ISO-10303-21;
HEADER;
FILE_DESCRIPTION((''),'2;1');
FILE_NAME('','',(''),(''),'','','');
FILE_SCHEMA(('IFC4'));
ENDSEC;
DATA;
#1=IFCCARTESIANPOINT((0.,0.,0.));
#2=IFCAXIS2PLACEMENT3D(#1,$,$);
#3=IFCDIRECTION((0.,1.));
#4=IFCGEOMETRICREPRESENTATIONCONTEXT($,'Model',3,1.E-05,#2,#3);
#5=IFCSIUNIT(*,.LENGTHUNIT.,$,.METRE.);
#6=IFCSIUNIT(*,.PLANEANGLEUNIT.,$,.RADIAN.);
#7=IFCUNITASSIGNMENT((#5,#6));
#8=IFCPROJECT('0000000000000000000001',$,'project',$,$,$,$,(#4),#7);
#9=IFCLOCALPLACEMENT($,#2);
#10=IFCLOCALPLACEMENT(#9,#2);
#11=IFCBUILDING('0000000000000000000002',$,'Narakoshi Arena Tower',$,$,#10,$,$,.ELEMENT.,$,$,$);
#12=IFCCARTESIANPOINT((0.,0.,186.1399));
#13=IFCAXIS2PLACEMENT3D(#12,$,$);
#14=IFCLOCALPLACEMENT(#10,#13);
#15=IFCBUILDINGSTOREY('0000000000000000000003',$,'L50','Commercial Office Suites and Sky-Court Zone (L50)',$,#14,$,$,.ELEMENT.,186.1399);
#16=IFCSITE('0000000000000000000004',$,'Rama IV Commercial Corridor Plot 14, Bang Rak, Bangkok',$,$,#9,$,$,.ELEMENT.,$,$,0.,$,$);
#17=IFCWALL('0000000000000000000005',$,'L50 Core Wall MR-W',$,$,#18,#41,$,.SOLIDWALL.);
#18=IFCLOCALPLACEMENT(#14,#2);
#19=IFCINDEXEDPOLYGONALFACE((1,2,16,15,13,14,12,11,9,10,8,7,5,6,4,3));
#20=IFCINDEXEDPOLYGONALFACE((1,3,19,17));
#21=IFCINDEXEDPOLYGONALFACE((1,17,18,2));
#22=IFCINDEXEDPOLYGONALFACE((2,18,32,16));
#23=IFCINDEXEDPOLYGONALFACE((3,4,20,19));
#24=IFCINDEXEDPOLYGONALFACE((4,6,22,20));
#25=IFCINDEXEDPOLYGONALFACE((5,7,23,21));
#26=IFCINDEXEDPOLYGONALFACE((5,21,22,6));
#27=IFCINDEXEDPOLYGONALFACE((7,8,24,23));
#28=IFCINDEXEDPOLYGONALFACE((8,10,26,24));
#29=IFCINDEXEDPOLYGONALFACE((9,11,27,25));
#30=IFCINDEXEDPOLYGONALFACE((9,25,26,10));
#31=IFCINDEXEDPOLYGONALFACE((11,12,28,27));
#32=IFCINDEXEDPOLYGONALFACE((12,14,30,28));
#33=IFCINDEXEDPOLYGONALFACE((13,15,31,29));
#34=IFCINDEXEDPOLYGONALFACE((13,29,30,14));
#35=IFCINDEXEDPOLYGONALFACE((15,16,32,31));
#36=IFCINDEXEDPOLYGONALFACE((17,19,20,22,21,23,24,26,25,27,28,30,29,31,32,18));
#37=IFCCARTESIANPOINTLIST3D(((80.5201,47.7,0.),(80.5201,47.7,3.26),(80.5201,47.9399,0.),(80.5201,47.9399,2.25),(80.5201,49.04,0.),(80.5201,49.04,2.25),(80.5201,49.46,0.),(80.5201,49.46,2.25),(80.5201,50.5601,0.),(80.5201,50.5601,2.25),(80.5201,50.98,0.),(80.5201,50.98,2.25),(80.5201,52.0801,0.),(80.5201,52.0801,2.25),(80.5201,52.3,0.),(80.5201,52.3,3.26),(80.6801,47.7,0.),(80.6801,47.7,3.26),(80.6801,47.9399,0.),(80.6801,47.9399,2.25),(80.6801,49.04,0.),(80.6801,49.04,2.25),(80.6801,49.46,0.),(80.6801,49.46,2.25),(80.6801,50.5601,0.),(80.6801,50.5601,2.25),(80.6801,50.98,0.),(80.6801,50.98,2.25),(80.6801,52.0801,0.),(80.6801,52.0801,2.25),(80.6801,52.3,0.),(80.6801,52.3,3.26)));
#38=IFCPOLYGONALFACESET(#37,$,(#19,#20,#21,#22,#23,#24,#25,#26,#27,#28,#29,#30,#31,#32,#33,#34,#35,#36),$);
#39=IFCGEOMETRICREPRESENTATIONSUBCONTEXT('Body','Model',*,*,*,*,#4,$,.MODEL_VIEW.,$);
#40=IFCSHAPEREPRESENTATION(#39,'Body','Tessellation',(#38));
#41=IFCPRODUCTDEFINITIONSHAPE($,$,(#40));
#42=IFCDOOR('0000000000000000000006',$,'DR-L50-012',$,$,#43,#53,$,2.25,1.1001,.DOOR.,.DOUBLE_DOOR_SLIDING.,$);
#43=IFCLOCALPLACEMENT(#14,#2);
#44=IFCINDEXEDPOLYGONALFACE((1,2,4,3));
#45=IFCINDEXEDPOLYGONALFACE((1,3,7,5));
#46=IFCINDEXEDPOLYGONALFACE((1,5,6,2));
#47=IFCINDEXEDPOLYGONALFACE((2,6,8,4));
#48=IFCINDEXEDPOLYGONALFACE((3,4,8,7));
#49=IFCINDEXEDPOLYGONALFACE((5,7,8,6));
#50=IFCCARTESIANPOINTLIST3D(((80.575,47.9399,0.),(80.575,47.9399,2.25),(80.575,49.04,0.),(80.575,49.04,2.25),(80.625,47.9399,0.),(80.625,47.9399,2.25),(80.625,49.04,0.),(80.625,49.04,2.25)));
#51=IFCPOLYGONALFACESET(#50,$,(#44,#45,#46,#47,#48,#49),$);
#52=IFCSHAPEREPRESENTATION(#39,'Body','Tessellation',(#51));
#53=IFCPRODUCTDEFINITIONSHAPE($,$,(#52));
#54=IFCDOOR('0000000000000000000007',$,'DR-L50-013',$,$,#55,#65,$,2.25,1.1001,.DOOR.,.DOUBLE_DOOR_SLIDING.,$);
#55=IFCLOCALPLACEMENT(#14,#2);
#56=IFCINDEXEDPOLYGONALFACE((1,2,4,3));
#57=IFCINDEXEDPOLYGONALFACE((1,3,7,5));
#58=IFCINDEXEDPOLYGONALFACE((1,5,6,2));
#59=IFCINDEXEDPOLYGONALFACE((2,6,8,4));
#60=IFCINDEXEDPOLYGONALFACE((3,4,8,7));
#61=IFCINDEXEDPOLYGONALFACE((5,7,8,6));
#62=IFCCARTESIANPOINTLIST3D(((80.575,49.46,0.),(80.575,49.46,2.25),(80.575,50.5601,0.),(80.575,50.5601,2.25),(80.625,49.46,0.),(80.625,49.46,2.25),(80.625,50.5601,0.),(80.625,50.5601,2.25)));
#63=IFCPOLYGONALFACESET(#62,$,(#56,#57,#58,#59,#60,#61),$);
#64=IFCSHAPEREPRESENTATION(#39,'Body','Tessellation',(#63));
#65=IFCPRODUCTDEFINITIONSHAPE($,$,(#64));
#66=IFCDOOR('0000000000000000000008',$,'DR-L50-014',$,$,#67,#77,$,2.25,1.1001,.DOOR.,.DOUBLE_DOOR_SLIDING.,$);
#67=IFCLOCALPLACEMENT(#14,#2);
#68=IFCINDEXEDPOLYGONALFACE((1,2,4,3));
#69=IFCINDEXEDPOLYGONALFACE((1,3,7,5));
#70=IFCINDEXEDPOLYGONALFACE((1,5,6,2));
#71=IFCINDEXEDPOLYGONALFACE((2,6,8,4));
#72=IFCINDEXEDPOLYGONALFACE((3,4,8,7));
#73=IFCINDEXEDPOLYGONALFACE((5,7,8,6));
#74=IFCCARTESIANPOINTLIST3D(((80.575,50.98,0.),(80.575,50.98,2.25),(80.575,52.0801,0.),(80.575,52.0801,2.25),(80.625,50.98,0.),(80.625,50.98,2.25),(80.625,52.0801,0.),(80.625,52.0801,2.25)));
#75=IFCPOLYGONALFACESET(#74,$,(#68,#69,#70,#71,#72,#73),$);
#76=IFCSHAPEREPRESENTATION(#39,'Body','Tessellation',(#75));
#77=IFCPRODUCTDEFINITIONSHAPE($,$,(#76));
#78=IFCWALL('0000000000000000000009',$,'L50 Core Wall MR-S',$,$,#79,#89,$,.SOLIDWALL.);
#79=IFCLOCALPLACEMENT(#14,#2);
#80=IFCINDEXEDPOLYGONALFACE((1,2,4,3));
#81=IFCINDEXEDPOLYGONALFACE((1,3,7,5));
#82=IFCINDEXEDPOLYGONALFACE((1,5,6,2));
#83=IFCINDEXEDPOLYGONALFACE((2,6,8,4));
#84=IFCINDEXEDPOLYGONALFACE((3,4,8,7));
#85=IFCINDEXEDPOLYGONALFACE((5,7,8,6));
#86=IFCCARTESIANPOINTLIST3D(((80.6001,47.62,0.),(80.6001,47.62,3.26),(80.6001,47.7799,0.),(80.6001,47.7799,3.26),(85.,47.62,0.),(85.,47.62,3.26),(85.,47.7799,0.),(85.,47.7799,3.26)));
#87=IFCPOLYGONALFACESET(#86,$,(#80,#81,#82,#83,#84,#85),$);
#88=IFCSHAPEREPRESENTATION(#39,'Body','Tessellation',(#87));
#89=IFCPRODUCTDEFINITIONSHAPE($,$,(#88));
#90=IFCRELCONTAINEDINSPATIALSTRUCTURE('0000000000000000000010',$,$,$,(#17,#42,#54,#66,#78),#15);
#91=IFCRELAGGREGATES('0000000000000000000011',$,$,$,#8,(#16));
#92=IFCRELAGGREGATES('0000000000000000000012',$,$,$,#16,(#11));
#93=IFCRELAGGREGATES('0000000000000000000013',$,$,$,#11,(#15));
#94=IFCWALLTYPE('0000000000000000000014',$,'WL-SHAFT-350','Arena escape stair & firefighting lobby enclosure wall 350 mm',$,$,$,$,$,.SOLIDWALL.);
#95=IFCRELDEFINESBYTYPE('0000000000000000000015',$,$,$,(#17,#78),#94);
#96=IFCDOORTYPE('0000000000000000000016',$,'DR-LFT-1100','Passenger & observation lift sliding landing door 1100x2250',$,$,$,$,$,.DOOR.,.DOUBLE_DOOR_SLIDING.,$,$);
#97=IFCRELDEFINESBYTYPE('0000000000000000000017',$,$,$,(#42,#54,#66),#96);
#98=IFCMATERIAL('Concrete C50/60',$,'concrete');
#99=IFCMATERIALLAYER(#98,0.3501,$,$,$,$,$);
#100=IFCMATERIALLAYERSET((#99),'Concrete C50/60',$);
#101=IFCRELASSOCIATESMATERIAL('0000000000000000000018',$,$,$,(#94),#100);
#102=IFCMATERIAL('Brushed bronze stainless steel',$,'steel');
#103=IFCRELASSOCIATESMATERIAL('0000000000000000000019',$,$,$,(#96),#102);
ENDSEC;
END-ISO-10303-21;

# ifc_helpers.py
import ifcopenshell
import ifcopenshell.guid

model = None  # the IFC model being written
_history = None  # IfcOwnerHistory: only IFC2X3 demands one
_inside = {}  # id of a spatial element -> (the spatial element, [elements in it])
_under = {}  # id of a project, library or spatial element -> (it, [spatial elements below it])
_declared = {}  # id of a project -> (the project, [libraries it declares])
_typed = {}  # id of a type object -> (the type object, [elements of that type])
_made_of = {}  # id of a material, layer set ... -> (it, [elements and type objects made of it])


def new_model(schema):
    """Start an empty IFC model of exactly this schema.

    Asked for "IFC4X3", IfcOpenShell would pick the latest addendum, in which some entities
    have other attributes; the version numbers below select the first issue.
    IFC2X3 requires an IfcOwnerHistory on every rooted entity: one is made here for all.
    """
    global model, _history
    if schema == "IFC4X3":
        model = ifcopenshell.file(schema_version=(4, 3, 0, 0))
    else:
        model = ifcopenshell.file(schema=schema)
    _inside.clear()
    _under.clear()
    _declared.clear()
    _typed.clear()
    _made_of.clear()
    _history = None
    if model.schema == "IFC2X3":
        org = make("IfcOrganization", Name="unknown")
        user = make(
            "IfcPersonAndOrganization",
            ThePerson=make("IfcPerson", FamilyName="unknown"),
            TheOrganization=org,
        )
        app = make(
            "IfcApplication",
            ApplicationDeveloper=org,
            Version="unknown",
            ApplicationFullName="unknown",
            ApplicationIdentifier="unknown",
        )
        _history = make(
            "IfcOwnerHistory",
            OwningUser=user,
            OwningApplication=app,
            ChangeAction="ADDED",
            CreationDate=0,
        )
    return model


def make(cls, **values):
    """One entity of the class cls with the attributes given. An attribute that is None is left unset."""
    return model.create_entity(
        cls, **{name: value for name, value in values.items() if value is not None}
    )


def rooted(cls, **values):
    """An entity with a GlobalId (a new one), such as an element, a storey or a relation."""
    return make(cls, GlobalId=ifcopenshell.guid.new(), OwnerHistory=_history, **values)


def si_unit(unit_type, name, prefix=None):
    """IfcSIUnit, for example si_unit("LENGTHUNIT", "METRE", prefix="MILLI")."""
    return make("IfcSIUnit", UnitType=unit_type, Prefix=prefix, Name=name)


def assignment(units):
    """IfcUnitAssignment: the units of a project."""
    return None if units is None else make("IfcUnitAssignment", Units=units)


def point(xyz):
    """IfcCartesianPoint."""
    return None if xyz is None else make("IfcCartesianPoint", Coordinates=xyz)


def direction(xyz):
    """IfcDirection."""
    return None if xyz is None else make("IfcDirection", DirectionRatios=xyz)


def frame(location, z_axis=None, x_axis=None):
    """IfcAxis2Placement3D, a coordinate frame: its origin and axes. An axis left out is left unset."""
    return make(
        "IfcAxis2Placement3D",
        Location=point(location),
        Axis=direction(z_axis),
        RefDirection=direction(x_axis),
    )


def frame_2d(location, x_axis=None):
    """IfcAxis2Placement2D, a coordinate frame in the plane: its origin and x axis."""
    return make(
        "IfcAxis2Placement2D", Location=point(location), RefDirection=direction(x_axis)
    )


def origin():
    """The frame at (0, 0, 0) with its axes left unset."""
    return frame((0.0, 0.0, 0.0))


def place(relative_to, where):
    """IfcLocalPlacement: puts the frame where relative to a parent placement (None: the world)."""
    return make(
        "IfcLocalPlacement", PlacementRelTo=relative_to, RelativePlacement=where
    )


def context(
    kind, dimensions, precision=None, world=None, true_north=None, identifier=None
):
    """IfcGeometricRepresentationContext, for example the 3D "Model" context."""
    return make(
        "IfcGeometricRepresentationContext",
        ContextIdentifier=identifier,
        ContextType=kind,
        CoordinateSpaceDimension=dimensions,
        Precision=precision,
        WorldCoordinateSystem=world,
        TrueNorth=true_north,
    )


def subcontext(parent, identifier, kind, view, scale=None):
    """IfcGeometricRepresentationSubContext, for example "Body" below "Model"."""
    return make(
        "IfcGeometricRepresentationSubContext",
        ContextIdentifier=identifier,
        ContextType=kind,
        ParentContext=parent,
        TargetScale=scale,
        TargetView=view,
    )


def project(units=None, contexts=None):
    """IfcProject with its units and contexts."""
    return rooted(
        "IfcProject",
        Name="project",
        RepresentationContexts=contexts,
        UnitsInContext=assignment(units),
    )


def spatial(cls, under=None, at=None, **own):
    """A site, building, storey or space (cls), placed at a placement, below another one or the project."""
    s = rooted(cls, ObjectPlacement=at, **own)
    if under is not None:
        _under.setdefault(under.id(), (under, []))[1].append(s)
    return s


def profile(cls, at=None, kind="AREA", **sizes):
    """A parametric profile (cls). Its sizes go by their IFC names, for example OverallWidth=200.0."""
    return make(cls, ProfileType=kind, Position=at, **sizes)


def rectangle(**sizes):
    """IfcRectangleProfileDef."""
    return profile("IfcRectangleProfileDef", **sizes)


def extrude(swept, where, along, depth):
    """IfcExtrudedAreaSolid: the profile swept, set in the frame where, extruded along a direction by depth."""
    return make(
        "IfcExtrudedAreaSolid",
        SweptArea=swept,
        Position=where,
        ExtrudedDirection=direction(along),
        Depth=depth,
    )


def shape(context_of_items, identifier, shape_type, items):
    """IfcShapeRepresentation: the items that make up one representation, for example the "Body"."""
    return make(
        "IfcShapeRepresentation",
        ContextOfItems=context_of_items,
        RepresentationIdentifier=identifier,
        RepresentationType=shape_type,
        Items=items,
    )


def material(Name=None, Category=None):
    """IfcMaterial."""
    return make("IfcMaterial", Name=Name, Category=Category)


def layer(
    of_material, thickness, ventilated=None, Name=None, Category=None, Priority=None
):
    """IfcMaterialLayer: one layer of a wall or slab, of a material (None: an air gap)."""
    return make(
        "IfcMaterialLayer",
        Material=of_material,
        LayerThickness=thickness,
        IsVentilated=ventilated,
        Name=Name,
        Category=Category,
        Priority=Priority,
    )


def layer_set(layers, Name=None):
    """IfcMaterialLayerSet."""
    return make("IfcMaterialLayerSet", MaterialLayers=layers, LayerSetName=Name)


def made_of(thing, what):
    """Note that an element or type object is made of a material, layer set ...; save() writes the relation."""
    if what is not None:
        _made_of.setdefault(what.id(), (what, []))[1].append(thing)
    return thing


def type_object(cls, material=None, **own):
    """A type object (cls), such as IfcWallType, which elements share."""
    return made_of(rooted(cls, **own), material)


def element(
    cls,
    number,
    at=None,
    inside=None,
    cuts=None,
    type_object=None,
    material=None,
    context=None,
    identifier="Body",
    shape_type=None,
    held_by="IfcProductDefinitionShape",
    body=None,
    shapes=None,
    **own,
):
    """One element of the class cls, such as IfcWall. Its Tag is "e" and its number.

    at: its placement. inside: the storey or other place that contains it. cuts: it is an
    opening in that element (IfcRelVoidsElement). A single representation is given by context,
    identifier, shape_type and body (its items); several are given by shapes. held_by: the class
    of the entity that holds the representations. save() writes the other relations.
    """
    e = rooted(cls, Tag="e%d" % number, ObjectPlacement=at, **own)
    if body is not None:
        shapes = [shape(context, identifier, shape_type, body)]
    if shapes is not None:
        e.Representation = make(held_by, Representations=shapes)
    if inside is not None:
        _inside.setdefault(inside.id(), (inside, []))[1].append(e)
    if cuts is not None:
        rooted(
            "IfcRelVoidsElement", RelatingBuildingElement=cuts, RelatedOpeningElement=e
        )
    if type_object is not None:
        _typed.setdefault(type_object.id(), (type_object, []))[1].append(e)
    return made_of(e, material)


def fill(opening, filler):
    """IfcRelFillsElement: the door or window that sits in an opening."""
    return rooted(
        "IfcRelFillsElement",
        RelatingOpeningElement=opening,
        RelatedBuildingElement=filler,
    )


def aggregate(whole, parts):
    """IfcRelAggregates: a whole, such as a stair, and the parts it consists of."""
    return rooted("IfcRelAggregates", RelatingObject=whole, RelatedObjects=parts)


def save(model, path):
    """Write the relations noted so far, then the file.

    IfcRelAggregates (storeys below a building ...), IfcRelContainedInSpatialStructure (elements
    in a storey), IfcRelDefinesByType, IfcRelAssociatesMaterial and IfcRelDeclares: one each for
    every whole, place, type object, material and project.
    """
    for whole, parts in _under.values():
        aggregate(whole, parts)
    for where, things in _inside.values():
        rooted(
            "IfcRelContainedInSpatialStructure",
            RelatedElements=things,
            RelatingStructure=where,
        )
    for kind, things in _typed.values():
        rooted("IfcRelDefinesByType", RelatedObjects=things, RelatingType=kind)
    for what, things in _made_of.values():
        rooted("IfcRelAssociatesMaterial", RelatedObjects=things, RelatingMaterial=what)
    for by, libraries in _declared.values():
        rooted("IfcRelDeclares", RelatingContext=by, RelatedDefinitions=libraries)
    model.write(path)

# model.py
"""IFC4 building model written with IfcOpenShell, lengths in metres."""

from ifc_helpers import new_model, si_unit, direction, frame, frame_2d, origin, place, context, subcontext, project, spatial, rectangle, extrude, material, layer, layer_set, type_object, element, fill, save


model = new_model("IFC4")

# Units and contexts
model_context = context("Model", 3, precision=1e-05, world=origin(), true_north=direction((0.0, 1.0)))
body_context = subcontext(model_context, "Body", "Model", "MODEL_VIEW")
ifc_project = project(units=[si_unit("LENGTHUNIT", "METRE"), si_unit("PLANEANGLEUNIT", "RADIAN")], contexts=[model_context])

# Site, building, storey
site_placement = place(None, origin())
site = spatial("IfcSite", under=ifc_project, at=site_placement, Name="Rama IV Commercial Corridor Plot 14, Bang Rak, Bangkok", CompositionType="ELEMENT", RefElevation=0.0)
building_placement = place(site_placement, origin())
building = spatial("IfcBuilding", under=site, at=building_placement, Name="Narakoshi Arena Tower", CompositionType="ELEMENT")
storey_placement = place(building_placement, frame((0.0, 0.0, 186.1399)))
storey = spatial("IfcBuildingStorey", under=building, at=storey_placement, Name="L50", Description="Commercial Office Suites and Sky-Court Zone (L50)", CompositionType="ELEMENT", Elevation=186.1399)

# Shared definitions
ifc_material_1 = material(Name="Concrete C50/60", Category="concrete")

# Shared definitions
ifc_layer_1 = layer(ifc_material_1, 0.3501)
ifc_layer_set_1 = layer_set([ifc_layer_1], Name="Concrete C50/60")
wall_type_1 = type_object("IfcWallType", Name="WL-SHAFT-350", Description="Arena escape stair & firefighting lobby enclosure wall 350 mm", PredefinedType="SOLIDWALL", material=ifc_layer_set_1)

# Wall, openings, doors
wall_1_placement = place(storey_placement, frame((80.6001, 47.7, 0.0), z_axis=(0.0, 0.0, 1.0), x_axis=(0.0, 1.0, 0.0)))
wall_1 = element("IfcWall", 1, at=wall_1_placement, inside=storey, type_object=wall_type_1, Name="L50 Core Wall MR-W", PredefinedType="SOLIDWALL", context=body_context, shape_type="SweptSolid", body=[
    extrude(rectangle(XDim=4.6001, YDim=0.1599, at=frame_2d((2.3, 0.0))), origin(), (0.0, 0.0, 1.0), 3.26),
])
opening_1_placement = place(wall_1_placement, frame((0.24, 0.0, 0.0)))
opening_1 = element("IfcOpeningElement", 2, at=opening_1_placement, cuts=wall_1, PredefinedType="OPENING", context=body_context, shape_type="SweptSolid", body=[
    extrude(rectangle(XDim=1.1001, YDim=2.25, at=frame_2d((0.55, 1.125))), frame((0.0, 0.0898, 0.0), z_axis=(0.0, -1.0, 0.0), x_axis=(1.0, 0.0, 0.0)), (0.0, 0.0, 1.0), 0.1799),
])
opening_2_placement = place(wall_1_placement, frame((1.76, 0.0, 0.0)))
opening_2 = element("IfcOpeningElement", 3, at=opening_2_placement, cuts=wall_1, PredefinedType="OPENING", context=body_context, shape_type="SweptSolid", body=[
    extrude(rectangle(XDim=1.1001, YDim=2.25, at=frame_2d((0.55, 1.125))), frame((0.0, 0.0898, 0.0), z_axis=(0.0, -1.0, 0.0), x_axis=(1.0, 0.0, 0.0)), (0.0, 0.0, 1.0), 0.1799),
])
opening_3_placement = place(wall_1_placement, frame((3.28, 0.0, 0.0)))
opening_3 = element("IfcOpeningElement", 4, at=opening_3_placement, cuts=wall_1, PredefinedType="OPENING", context=body_context, shape_type="SweptSolid", body=[
    extrude(rectangle(XDim=1.1001, YDim=2.25, at=frame_2d((0.55, 1.125))), frame((0.0, 0.0898, 0.0), z_axis=(0.0, -1.0, 0.0), x_axis=(1.0, 0.0, 0.0)), (0.0, 0.0, 1.0), 0.1799),
])
ifc_material_2 = material(Name="Brushed bronze stainless steel", Category="steel")
door_type_1 = type_object("IfcDoorType", Name="DR-LFT-1100", Description="Passenger & observation lift sliding landing door 1100x2250", OperationType="DOUBLE_DOOR_SLIDING", PredefinedType="DOOR", material=ifc_material_2)
door_1_placement = place(opening_1_placement, frame((1.1001, 0.0, 0.0), z_axis=(0.0, 0.0, 1.0), x_axis=(-1.0, 0.0, 0.0)))
door_1 = element("IfcDoor", 5, at=door_1_placement, inside=storey, type_object=door_type_1, Name="DR-L50-012", OperationType="DOUBLE_DOOR_SLIDING", OverallHeight=2.25, OverallWidth=1.1001, PredefinedType="DOOR", context=body_context, shape_type="SweptSolid", body=[
    extrude(rectangle(XDim=1.1001, YDim=2.25, at=frame_2d((0.55, 1.125))), frame((0.0, 0.0249, 0.0), z_axis=(0.0, -1.0, 0.0), x_axis=(1.0, 0.0, 0.0)), (0.0, 0.0, 1.0), 0.05),
])
fill(opening_1, door_1)
door_2_placement = place(opening_2_placement, frame((1.1001, 0.0, 0.0), z_axis=(0.0, 0.0, 1.0), x_axis=(-1.0, 0.0, 0.0)))
door_2 = element("IfcDoor", 6, at=door_2_placement, inside=storey, type_object=door_type_1, Name="DR-L50-013", OperationType="DOUBLE_DOOR_SLIDING", OverallHeight=2.25, OverallWidth=1.1001, PredefinedType="DOOR", context=body_context, shape_type="SweptSolid", body=[
    extrude(rectangle(XDim=1.1001, YDim=2.25, at=frame_2d((0.55, 1.125))), frame((0.0, 0.0249, 0.0), z_axis=(0.0, -1.0, 0.0), x_axis=(1.0, 0.0, 0.0)), (0.0, 0.0, 1.0), 0.05),
])
fill(opening_2, door_2)
door_3_placement = place(opening_3_placement, frame((1.1001, 0.0, 0.0), z_axis=(0.0, 0.0, 1.0), x_axis=(-1.0, 0.0, 0.0)))
door_3 = element("IfcDoor", 7, at=door_3_placement, inside=storey, type_object=door_type_1, Name="DR-L50-014", OperationType="DOUBLE_DOOR_SLIDING", OverallHeight=2.25, OverallWidth=1.1001, PredefinedType="DOOR", context=body_context, shape_type="SweptSolid", body=[
    extrude(rectangle(XDim=1.1001, YDim=2.25, at=frame_2d((0.55, 1.125))), frame((0.0, 0.0249, 0.0), z_axis=(0.0, -1.0, 0.0), x_axis=(1.0, 0.0, 0.0)), (0.0, 0.0, 1.0), 0.05),
])
fill(opening_3, door_3)

# Wall
wall_2_placement = place(storey_placement, frame((80.6001, 47.7, 0.0), z_axis=(0.0, 0.0, 1.0), x_axis=(1.0, 0.0, 0.0)))
element("IfcWall", 8, at=wall_2_placement, inside=storey, type_object=wall_type_1, Name="L50 Core Wall MR-S", PredefinedType="SOLIDWALL", context=body_context, shape_type="SweptSolid", body=[
    extrude(rectangle(XDim=4.3999, YDim=0.1599, at=frame_2d((2.2, 0.0))), origin(), (0.0, 0.0, 1.0), 3.26),
])

save(model, "model.ifc")
